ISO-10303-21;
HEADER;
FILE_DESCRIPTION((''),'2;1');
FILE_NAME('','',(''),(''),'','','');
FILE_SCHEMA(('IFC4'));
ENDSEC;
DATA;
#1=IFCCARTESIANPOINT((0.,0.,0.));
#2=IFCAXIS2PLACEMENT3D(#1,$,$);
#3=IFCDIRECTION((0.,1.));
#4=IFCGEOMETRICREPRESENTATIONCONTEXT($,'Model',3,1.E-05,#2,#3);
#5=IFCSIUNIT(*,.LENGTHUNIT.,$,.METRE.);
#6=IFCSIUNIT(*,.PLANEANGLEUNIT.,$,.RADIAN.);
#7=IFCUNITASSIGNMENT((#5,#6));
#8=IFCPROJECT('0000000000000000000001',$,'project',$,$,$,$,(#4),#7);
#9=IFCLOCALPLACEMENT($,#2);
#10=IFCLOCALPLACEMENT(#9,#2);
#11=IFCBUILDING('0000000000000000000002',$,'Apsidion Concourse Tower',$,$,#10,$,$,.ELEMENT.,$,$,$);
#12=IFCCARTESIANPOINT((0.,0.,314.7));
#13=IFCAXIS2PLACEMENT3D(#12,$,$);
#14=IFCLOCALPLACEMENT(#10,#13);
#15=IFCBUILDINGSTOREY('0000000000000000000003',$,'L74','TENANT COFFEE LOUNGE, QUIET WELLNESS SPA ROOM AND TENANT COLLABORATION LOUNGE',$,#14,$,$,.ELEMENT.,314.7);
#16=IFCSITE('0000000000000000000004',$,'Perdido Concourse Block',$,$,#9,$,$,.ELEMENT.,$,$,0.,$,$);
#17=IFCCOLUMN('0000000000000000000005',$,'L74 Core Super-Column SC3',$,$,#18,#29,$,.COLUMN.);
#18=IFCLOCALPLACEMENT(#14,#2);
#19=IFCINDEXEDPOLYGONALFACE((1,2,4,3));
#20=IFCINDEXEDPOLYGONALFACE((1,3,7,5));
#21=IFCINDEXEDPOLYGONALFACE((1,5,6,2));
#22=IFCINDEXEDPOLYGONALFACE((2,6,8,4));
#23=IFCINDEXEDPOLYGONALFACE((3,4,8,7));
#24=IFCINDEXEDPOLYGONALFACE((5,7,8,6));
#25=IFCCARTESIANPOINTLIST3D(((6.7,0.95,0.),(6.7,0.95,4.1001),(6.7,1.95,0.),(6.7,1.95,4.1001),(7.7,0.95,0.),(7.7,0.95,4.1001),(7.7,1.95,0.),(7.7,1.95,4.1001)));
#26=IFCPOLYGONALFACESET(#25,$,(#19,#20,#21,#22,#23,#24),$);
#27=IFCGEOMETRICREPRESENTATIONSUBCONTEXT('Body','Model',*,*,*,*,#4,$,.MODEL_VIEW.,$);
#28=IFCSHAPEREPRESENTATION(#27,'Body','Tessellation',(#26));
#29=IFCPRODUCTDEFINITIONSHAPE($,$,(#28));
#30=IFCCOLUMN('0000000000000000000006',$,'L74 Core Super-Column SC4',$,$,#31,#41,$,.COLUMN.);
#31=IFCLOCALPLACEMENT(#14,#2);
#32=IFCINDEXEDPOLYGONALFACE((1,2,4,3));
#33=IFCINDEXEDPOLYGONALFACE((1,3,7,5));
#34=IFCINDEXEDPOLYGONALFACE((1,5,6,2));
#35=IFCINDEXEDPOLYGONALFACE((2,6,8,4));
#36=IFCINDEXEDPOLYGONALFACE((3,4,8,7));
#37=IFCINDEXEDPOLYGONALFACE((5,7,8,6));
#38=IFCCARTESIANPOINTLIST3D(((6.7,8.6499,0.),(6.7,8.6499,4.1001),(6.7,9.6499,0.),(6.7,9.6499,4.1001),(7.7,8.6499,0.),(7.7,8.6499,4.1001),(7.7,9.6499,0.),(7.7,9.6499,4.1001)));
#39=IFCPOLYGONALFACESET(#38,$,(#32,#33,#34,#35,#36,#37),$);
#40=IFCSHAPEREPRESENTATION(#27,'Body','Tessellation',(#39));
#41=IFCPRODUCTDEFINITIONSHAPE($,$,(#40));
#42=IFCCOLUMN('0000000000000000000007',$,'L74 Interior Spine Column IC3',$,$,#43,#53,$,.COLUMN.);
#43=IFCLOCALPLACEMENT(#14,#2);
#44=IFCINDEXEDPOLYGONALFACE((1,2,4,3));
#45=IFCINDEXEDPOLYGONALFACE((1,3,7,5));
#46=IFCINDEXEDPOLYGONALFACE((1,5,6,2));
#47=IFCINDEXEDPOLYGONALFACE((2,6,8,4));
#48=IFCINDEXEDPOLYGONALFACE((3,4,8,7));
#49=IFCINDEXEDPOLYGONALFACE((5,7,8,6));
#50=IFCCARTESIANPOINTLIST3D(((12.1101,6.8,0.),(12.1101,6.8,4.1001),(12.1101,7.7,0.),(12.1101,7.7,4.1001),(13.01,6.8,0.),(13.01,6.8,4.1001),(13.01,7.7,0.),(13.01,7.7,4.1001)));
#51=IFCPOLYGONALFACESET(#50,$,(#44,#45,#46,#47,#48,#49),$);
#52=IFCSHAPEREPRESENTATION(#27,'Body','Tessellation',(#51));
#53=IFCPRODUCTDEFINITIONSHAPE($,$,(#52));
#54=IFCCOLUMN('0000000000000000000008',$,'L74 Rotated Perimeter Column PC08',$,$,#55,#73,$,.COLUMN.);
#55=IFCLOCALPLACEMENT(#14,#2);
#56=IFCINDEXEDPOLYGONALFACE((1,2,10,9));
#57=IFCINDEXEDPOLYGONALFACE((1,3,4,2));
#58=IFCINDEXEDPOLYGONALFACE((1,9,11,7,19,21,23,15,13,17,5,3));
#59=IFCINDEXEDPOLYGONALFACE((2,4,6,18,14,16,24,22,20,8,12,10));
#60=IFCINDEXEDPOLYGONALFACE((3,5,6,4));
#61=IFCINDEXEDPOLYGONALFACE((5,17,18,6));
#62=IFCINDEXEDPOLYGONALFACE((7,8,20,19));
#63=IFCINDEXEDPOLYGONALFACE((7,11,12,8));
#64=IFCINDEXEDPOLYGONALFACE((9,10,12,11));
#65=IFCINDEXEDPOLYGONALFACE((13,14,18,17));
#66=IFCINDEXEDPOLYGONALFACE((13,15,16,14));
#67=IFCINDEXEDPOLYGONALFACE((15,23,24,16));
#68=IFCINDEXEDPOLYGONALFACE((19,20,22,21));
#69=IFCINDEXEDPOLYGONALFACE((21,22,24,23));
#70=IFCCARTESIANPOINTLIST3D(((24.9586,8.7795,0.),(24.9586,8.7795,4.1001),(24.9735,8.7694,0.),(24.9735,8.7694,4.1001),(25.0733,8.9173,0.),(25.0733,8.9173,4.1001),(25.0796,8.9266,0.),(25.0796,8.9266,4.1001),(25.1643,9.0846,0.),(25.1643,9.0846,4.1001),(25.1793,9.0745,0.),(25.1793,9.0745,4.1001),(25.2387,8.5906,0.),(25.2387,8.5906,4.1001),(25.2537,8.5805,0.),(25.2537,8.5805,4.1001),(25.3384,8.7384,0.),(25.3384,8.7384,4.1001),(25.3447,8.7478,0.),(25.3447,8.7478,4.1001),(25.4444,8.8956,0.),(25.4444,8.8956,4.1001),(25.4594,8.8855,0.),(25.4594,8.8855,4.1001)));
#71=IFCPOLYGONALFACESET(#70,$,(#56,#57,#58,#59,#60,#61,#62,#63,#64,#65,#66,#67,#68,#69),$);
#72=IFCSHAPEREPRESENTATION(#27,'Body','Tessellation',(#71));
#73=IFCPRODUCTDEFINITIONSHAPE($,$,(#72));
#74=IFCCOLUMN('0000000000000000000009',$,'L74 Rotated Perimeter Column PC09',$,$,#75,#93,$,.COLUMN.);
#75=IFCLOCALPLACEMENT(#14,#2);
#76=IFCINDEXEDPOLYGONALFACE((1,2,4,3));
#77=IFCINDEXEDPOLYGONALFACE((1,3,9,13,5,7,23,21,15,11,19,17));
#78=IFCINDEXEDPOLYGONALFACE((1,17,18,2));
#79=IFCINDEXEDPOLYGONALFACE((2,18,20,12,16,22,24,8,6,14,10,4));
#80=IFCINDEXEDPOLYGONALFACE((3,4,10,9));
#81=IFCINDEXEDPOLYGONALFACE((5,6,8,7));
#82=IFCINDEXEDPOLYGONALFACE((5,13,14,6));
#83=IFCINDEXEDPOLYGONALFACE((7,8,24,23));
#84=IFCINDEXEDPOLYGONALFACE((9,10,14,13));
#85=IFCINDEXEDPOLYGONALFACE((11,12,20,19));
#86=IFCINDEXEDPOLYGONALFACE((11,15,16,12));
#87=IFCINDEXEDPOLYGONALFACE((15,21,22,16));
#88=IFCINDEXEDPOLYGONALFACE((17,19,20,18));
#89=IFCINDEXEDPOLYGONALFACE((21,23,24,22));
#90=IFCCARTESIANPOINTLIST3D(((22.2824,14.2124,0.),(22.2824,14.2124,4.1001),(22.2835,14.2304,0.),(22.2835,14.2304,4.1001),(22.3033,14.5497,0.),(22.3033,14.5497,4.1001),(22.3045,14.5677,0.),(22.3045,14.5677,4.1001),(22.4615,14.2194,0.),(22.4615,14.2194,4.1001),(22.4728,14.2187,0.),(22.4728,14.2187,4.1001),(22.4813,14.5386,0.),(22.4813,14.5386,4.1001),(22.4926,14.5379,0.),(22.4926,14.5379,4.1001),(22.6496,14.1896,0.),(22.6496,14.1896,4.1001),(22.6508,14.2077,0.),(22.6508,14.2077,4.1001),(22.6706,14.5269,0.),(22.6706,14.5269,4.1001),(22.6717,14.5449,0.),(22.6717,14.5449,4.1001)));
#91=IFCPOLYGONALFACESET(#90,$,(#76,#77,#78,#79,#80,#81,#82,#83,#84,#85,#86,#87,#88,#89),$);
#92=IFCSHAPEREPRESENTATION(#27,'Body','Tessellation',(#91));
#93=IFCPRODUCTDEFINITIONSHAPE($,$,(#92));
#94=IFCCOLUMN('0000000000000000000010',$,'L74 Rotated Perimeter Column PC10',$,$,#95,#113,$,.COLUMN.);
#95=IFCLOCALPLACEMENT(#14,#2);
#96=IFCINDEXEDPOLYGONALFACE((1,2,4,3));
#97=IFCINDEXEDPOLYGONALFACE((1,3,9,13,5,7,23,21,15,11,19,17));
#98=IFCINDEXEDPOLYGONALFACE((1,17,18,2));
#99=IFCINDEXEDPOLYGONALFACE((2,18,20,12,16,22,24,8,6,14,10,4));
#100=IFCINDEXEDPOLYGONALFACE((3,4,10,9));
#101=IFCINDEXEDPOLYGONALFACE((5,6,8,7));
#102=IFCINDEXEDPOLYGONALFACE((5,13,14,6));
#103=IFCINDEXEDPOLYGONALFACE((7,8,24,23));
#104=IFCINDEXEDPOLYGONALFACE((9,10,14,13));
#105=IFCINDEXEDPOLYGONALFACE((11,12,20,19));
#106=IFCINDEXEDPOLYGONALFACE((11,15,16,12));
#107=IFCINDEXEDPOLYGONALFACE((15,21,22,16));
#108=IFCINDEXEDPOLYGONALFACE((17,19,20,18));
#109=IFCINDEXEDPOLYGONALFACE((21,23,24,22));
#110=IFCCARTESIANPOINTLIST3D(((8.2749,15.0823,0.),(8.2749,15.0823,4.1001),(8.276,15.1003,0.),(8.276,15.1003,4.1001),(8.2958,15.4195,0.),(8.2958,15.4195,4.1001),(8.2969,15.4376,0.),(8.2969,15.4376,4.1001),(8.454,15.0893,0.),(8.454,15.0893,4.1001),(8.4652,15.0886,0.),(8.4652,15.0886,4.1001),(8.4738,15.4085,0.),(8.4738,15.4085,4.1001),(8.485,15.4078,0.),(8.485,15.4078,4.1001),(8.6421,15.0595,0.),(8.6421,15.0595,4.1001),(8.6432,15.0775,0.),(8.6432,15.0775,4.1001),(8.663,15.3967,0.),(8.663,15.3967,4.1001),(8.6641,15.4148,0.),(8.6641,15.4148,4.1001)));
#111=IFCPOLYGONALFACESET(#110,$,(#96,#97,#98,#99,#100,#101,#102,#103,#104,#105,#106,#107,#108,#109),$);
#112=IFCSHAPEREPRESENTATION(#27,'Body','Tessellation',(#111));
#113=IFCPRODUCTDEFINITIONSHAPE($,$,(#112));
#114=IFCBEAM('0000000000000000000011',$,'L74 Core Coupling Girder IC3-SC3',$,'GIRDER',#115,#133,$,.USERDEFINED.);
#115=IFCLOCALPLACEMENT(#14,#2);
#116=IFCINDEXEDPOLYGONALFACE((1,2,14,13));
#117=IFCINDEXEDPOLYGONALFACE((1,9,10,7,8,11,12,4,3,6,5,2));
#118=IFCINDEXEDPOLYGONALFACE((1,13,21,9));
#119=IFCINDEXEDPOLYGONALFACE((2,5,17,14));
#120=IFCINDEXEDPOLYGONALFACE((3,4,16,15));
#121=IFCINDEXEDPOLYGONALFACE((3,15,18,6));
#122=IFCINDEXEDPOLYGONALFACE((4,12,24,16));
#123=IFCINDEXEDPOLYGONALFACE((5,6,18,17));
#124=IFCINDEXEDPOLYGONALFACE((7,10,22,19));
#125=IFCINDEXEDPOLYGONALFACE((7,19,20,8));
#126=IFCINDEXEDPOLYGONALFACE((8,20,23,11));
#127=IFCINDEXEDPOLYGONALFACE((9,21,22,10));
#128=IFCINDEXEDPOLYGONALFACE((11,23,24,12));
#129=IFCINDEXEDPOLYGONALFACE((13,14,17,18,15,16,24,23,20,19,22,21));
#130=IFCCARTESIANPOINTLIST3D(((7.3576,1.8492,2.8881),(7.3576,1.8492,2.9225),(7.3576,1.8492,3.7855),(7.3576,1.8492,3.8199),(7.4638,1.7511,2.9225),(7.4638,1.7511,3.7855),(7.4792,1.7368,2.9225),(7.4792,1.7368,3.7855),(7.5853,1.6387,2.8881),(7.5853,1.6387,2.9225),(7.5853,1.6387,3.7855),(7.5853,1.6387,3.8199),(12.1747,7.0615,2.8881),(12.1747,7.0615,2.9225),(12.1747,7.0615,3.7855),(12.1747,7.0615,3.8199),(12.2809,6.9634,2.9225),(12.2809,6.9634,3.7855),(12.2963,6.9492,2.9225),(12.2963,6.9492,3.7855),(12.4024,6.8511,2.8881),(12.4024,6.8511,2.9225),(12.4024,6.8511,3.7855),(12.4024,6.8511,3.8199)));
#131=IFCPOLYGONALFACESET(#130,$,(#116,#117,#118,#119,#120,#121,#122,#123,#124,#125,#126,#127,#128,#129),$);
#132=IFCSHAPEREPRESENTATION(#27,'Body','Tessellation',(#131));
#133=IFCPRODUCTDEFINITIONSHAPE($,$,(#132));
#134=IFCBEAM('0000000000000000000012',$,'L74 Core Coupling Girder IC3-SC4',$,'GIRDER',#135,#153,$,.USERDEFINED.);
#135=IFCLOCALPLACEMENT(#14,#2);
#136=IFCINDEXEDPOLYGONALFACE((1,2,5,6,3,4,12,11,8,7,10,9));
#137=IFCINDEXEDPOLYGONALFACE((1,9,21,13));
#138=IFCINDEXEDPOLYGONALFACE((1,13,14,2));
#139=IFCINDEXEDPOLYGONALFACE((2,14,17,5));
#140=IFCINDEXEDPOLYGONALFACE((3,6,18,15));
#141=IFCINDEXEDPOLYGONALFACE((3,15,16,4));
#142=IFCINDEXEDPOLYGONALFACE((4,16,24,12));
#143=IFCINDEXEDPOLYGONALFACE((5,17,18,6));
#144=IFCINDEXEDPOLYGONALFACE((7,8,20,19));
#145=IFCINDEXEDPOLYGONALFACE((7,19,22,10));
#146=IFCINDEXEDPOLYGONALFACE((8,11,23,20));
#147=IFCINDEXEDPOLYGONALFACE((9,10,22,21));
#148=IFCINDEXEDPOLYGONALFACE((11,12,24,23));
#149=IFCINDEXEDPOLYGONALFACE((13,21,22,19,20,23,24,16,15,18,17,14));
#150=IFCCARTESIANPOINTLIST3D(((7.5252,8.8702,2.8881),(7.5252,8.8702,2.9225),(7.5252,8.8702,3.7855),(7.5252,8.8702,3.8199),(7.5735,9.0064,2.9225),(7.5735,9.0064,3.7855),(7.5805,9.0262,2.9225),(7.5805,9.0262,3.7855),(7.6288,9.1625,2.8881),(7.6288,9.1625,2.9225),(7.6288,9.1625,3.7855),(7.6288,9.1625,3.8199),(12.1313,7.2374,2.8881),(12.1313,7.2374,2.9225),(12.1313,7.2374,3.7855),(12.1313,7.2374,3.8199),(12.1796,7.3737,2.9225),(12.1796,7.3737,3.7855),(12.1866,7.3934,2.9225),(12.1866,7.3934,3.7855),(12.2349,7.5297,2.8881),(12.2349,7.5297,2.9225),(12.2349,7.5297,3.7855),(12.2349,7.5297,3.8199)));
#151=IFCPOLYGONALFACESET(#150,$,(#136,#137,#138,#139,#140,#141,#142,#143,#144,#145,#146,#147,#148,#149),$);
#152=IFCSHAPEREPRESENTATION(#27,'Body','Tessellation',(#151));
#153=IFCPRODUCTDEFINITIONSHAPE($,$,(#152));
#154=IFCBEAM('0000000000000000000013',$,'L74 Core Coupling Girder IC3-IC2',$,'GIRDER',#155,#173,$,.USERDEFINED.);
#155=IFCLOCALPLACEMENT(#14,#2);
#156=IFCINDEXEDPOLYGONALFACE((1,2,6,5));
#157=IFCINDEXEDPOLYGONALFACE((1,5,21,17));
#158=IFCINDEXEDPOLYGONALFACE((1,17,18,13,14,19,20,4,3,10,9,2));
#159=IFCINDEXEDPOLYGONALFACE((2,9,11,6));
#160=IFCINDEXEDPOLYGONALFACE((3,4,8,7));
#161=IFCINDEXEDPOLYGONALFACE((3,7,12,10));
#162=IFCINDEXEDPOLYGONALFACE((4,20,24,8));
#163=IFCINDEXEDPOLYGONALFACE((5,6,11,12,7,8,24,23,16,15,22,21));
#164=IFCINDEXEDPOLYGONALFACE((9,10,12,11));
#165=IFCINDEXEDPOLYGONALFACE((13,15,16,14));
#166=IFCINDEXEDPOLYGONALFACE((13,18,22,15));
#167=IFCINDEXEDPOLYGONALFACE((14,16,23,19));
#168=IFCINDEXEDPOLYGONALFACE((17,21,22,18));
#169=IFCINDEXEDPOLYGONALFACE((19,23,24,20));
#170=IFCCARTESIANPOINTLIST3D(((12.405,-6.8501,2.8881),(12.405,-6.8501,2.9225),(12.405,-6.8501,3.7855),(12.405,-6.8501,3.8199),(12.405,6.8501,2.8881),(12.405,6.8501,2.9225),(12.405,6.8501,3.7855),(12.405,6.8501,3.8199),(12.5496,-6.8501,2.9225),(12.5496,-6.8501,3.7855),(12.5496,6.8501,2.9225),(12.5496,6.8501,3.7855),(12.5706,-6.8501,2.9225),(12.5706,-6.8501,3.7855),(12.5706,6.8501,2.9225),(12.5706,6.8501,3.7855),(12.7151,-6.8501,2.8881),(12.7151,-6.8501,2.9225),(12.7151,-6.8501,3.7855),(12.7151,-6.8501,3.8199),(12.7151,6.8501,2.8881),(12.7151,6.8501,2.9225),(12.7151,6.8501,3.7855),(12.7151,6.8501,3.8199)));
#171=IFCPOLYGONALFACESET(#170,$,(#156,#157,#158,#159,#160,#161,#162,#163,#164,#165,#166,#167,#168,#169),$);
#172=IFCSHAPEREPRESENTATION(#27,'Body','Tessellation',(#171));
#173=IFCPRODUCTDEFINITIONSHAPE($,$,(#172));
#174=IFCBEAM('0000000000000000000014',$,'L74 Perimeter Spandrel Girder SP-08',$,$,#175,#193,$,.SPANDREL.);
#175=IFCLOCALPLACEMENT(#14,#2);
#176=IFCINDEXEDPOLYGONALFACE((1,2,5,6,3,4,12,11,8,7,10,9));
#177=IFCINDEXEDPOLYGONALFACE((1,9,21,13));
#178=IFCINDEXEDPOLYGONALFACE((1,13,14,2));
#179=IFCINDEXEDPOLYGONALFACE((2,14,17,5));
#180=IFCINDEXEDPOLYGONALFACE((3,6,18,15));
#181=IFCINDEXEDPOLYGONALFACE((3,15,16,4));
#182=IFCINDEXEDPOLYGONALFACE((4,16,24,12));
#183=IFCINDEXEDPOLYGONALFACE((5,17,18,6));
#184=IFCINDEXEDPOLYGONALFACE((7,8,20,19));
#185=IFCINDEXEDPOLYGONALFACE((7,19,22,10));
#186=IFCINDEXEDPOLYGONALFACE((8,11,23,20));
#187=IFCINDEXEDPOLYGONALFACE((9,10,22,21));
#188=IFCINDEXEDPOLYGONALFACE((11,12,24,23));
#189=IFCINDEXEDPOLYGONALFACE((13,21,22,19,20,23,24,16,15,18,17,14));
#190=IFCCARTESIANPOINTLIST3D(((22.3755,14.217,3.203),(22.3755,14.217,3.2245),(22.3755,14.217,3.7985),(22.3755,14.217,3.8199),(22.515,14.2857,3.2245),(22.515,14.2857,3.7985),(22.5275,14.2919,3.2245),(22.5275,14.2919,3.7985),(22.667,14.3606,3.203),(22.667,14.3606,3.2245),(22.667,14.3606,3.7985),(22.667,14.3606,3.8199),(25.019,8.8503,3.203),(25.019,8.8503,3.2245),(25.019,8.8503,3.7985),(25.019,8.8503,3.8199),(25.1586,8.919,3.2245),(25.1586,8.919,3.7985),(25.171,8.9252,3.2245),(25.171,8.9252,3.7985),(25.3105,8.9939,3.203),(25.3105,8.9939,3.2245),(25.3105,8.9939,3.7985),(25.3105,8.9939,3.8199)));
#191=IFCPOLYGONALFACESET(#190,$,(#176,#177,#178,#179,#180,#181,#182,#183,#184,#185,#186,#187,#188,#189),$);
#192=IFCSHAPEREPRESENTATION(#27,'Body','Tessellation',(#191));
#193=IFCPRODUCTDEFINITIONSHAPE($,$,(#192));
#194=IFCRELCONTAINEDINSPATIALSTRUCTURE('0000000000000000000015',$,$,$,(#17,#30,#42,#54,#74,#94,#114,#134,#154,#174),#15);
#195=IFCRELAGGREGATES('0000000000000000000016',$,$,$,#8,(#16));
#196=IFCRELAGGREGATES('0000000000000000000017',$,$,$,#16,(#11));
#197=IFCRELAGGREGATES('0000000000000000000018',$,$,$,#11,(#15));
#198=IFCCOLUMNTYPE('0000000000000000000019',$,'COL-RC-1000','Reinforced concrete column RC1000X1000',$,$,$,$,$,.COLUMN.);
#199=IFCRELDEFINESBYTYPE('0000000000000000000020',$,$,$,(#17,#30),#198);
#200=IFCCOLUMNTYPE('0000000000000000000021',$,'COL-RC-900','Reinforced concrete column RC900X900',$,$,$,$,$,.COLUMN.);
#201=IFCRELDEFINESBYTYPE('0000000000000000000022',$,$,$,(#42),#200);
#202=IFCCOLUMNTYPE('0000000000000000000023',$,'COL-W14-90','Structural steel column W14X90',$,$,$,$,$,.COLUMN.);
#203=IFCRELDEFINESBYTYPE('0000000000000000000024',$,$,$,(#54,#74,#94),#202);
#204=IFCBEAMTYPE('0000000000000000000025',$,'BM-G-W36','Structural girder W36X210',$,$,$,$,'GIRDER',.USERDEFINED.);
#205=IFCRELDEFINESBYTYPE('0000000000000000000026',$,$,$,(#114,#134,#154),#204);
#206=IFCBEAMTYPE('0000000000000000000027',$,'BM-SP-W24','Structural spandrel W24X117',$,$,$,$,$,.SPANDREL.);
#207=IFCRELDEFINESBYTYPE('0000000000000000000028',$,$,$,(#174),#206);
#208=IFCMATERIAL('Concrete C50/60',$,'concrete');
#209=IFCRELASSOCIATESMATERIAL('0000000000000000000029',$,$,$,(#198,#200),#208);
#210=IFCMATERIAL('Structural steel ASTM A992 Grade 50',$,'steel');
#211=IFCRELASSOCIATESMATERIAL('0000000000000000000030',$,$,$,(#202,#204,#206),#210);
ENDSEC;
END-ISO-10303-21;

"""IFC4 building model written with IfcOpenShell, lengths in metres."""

from ifc_helpers import new_model, si_unit, direction, frame, origin, origin_2d, place, context, subcontext, project, spatial, rectangle, i_section, extrude, material, material_profile, profile_set, type_object, element, save


model = new_model("IFC4")

# Units and contexts
model_context = context("Model", 3, precision=1e-05, world=origin(), true_north=direction((0.0, 1.0)))
body_context = subcontext(model_context, "Body", "Model", "MODEL_VIEW")
ifc_project = project(units=[si_unit("LENGTHUNIT", "METRE"), si_unit("PLANEANGLEUNIT", "RADIAN")], contexts=[model_context])

# Site, building, storey
site_placement = place(None, origin())
site = spatial("IfcSite", under=ifc_project, at=site_placement, Name="Perdido Concourse Block", CompositionType="ELEMENT", RefElevation=0.0)
building_placement = place(site_placement, origin())
building = spatial("IfcBuilding", under=site, at=building_placement, Name="Apsidion Concourse Tower", CompositionType="ELEMENT")
storey_placement = place(building_placement, frame((0.0, 0.0, 314.7)))
storey = spatial("IfcBuildingStorey", under=building, at=storey_placement, Name="L74", Description="TENANT COFFEE LOUNGE, QUIET WELLNESS SPA ROOM AND TENANT COLLABORATION LOUNGE", CompositionType="ELEMENT", Elevation=314.7)

# Columns
ifc_material_1 = material(Name="Concrete C50/60", Category="concrete")
ifc_material_profile_1 = material_profile(ifc_material_1, rectangle(XDim=1.0, YDim=1.0, at=origin_2d()), Name="RC 1000x1000")
ifc_profile_set_1 = profile_set([ifc_material_profile_1], Name="Concrete C50/60")
column_type_1 = type_object("IfcColumnType", Name="COL-RC-1000", Description="Reinforced concrete column RC1000X1000", PredefinedType="COLUMN", material=ifc_profile_set_1)
for number, where, z_axis, x_axis, name in (
    (1, (7.2, 1.45, 0.0), (0.0, 0.0, 1.0), (1.0, 0.0, 0.0), "L74 Core Super-Column SC3"),
    (2, (7.2, 9.1499, 0.0), (0.0, 0.0, 1.0), (1.0, 0.0, 0.0), "L74 Core Super-Column SC4"),
):
    element("IfcColumn", number, at=place(storey_placement, frame(where, z_axis=z_axis, x_axis=x_axis)), inside=storey, type_object=column_type_1, Name=name, PredefinedType="COLUMN", context=body_context, shape_type="SweptSolid", body=[
        extrude(rectangle(XDim=1.0, YDim=1.0, at=origin_2d()), origin(), (0.0, 0.0, 1.0), 4.1001),
    ])
ifc_material_profile_2 = material_profile(ifc_material_1, rectangle(XDim=0.8999, YDim=0.8999, at=origin_2d()), Name="RC 900x900")
ifc_profile_set_2 = profile_set([ifc_material_profile_2], Name="Concrete C50/60")
column_type_2 = type_object("IfcColumnType", Name="COL-RC-900", Description="Reinforced concrete column RC900X900", PredefinedType="COLUMN", material=ifc_profile_set_2)
column_placement = place(storey_placement, frame((12.5601, 7.25, 0.0), z_axis=(0.0, 0.0, 1.0), x_axis=(1.0, 0.0, 0.0)))
element("IfcColumn", 3, at=column_placement, inside=storey, type_object=column_type_2, Name="L74 Interior Spine Column IC3", PredefinedType="COLUMN", context=body_context, shape_type="SweptSolid", body=[
    extrude(rectangle(XDim=0.8999, YDim=0.8999, at=origin_2d()), origin(), (0.0, 0.0, 1.0), 4.1001),
])
ifc_material_2 = material(Name="Structural steel ASTM A992 Grade 50", Category="steel")
ifc_material_profile_3 = material_profile(ifc_material_2, i_section(OverallWidth=0.3679, OverallDepth=0.356, WebThickness=0.0112, FlangeThickness=0.0181, at=origin_2d()), Name="W14X90")
ifc_profile_set_3 = profile_set([ifc_material_profile_3], Name="Structural steel ASTM A992 Grade 50")
column_type_3 = type_object("IfcColumnType", Name="COL-W14-90", Description="Structural steel column W14X90", PredefinedType="COLUMN", material=ifc_profile_set_3)
for number, where, z_axis, x_axis, name in (
    (4, (25.209, 8.8325, 0.0), (0.0, 0.0, 1.0), (0.559193, 0.829038, 0.0), "L74 Rotated Perimeter Column PC08"),
    (5, (22.4771, 14.3787, 0.0), (0.0, 0.0, 1.0), (-0.998081, 0.06192, 0.0), "L74 Rotated Perimeter Column PC09"),
    (6, (8.4695, 15.2485, 0.0), (0.0, 0.0, 1.0), (-0.998081, 0.06192, 0.0), "L74 Rotated Perimeter Column PC10"),
):
    element("IfcColumn", number, at=place(storey_placement, frame(where, z_axis=z_axis, x_axis=x_axis)), inside=storey, type_object=column_type_3, Name=name, PredefinedType="COLUMN", context=body_context, shape_type="SweptSolid", body=[
        extrude(i_section(OverallWidth=0.3679, OverallDepth=0.356, WebThickness=0.0112, FlangeThickness=0.0181, at=origin_2d()), origin(), (0.0, 0.0, 1.0), 4.1001),
    ])

# Beams
ifc_material_profile_4 = material_profile(ifc_material_2, i_section(OverallWidth=0.3101, OverallDepth=0.9319, WebThickness=0.021, FlangeThickness=0.0344, at=origin_2d()), Name="W36X210")
ifc_profile_set_4 = profile_set([ifc_material_profile_4], Name="Structural steel ASTM A992 Grade 50")
beam_type_1 = type_object("IfcBeamType", Name="BM-G-W36", Description="Structural girder W36X210", ElementType="GIRDER", PredefinedType="USERDEFINED", material=ifc_profile_set_4)
beam_1_placement = place(storey_placement, frame((12.2886, 6.9563, 3.354), z_axis=(-0.678713, -0.734404, 0.0), x_axis=(0.734404, -0.678713, 0.0)))
element("IfcBeam", 7, at=beam_1_placement, inside=storey, type_object=beam_type_1, Name="L74 Core Coupling Girder IC3-SC3", ObjectType="GIRDER", PredefinedType="USERDEFINED", context=body_context, shape_type="SweptSolid", body=[
    extrude(i_section(OverallWidth=0.3101, OverallDepth=0.9319, WebThickness=0.021, FlangeThickness=0.0344, at=origin_2d()), origin(), (0.0, 0.0, 1.0), 7.0974),
])
beam_2_placement = place(storey_placement, frame((12.1831, 7.3835, 3.354), z_axis=(-0.942534, 0.334111, 0.0), x_axis=(-0.334111, -0.942534, 0.0)))
element("IfcBeam", 8, at=beam_2_placement, inside=storey, type_object=beam_type_1, Name="L74 Core Coupling Girder IC3-SC4", ObjectType="GIRDER", PredefinedType="USERDEFINED", context=body_context, shape_type="SweptSolid", body=[
    extrude(i_section(OverallWidth=0.3101, OverallDepth=0.9319, WebThickness=0.021, FlangeThickness=0.0344, at=origin_2d()), origin(), (0.0, 0.0, 1.0), 4.887),
])
beam_3_placement = place(storey_placement, frame((12.5601, 6.8501, 3.354), z_axis=(0.0, -1.0, 0.0), x_axis=(1.0, 0.0, 0.0)))
element("IfcBeam", 9, at=beam_3_placement, inside=storey, type_object=beam_type_1, Name="L74 Core Coupling Girder IC3-IC2", ObjectType="GIRDER", PredefinedType="USERDEFINED", context=body_context, shape_type="SweptSolid", body=[
    extrude(i_section(OverallWidth=0.3101, OverallDepth=0.9319, WebThickness=0.021, FlangeThickness=0.0344, at=origin_2d()), origin(), (0.0, 0.0, 1.0), 13.7002),
])
ifc_material_profile_5 = material_profile(ifc_material_2, i_section(OverallWidth=0.325, OverallDepth=0.6169, WebThickness=0.0139, FlangeThickness=0.0215, at=origin_2d()), Name="W24X117")
ifc_profile_set_5 = profile_set([ifc_material_profile_5], Name="Structural steel ASTM A992 Grade 50")
beam_type_2 = type_object("IfcBeamType", Name="BM-SP-W24", Description="Structural spandrel W24X117", PredefinedType="SPANDREL", material=ifc_profile_set_5)
beam_4_placement = place(storey_placement, frame((25.1648, 8.9221, 3.5115), z_axis=(-0.441884, 0.897072, 0.0), x_axis=(-0.897072, -0.441884, 0.0)))
element("IfcBeam", 10, at=beam_4_placement, inside=storey, type_object=beam_type_2, Name="L74 Perimeter Spandrel Girder SP-08", PredefinedType="SPANDREL", context=body_context, shape_type="SweptSolid", body=[
    extrude(i_section(OverallWidth=0.325, OverallDepth=0.6169, WebThickness=0.0139, FlangeThickness=0.0215, at=origin_2d()), origin(), (0.0, 0.0, 1.0), 5.9824),
])

save(model, "model.ifc")
